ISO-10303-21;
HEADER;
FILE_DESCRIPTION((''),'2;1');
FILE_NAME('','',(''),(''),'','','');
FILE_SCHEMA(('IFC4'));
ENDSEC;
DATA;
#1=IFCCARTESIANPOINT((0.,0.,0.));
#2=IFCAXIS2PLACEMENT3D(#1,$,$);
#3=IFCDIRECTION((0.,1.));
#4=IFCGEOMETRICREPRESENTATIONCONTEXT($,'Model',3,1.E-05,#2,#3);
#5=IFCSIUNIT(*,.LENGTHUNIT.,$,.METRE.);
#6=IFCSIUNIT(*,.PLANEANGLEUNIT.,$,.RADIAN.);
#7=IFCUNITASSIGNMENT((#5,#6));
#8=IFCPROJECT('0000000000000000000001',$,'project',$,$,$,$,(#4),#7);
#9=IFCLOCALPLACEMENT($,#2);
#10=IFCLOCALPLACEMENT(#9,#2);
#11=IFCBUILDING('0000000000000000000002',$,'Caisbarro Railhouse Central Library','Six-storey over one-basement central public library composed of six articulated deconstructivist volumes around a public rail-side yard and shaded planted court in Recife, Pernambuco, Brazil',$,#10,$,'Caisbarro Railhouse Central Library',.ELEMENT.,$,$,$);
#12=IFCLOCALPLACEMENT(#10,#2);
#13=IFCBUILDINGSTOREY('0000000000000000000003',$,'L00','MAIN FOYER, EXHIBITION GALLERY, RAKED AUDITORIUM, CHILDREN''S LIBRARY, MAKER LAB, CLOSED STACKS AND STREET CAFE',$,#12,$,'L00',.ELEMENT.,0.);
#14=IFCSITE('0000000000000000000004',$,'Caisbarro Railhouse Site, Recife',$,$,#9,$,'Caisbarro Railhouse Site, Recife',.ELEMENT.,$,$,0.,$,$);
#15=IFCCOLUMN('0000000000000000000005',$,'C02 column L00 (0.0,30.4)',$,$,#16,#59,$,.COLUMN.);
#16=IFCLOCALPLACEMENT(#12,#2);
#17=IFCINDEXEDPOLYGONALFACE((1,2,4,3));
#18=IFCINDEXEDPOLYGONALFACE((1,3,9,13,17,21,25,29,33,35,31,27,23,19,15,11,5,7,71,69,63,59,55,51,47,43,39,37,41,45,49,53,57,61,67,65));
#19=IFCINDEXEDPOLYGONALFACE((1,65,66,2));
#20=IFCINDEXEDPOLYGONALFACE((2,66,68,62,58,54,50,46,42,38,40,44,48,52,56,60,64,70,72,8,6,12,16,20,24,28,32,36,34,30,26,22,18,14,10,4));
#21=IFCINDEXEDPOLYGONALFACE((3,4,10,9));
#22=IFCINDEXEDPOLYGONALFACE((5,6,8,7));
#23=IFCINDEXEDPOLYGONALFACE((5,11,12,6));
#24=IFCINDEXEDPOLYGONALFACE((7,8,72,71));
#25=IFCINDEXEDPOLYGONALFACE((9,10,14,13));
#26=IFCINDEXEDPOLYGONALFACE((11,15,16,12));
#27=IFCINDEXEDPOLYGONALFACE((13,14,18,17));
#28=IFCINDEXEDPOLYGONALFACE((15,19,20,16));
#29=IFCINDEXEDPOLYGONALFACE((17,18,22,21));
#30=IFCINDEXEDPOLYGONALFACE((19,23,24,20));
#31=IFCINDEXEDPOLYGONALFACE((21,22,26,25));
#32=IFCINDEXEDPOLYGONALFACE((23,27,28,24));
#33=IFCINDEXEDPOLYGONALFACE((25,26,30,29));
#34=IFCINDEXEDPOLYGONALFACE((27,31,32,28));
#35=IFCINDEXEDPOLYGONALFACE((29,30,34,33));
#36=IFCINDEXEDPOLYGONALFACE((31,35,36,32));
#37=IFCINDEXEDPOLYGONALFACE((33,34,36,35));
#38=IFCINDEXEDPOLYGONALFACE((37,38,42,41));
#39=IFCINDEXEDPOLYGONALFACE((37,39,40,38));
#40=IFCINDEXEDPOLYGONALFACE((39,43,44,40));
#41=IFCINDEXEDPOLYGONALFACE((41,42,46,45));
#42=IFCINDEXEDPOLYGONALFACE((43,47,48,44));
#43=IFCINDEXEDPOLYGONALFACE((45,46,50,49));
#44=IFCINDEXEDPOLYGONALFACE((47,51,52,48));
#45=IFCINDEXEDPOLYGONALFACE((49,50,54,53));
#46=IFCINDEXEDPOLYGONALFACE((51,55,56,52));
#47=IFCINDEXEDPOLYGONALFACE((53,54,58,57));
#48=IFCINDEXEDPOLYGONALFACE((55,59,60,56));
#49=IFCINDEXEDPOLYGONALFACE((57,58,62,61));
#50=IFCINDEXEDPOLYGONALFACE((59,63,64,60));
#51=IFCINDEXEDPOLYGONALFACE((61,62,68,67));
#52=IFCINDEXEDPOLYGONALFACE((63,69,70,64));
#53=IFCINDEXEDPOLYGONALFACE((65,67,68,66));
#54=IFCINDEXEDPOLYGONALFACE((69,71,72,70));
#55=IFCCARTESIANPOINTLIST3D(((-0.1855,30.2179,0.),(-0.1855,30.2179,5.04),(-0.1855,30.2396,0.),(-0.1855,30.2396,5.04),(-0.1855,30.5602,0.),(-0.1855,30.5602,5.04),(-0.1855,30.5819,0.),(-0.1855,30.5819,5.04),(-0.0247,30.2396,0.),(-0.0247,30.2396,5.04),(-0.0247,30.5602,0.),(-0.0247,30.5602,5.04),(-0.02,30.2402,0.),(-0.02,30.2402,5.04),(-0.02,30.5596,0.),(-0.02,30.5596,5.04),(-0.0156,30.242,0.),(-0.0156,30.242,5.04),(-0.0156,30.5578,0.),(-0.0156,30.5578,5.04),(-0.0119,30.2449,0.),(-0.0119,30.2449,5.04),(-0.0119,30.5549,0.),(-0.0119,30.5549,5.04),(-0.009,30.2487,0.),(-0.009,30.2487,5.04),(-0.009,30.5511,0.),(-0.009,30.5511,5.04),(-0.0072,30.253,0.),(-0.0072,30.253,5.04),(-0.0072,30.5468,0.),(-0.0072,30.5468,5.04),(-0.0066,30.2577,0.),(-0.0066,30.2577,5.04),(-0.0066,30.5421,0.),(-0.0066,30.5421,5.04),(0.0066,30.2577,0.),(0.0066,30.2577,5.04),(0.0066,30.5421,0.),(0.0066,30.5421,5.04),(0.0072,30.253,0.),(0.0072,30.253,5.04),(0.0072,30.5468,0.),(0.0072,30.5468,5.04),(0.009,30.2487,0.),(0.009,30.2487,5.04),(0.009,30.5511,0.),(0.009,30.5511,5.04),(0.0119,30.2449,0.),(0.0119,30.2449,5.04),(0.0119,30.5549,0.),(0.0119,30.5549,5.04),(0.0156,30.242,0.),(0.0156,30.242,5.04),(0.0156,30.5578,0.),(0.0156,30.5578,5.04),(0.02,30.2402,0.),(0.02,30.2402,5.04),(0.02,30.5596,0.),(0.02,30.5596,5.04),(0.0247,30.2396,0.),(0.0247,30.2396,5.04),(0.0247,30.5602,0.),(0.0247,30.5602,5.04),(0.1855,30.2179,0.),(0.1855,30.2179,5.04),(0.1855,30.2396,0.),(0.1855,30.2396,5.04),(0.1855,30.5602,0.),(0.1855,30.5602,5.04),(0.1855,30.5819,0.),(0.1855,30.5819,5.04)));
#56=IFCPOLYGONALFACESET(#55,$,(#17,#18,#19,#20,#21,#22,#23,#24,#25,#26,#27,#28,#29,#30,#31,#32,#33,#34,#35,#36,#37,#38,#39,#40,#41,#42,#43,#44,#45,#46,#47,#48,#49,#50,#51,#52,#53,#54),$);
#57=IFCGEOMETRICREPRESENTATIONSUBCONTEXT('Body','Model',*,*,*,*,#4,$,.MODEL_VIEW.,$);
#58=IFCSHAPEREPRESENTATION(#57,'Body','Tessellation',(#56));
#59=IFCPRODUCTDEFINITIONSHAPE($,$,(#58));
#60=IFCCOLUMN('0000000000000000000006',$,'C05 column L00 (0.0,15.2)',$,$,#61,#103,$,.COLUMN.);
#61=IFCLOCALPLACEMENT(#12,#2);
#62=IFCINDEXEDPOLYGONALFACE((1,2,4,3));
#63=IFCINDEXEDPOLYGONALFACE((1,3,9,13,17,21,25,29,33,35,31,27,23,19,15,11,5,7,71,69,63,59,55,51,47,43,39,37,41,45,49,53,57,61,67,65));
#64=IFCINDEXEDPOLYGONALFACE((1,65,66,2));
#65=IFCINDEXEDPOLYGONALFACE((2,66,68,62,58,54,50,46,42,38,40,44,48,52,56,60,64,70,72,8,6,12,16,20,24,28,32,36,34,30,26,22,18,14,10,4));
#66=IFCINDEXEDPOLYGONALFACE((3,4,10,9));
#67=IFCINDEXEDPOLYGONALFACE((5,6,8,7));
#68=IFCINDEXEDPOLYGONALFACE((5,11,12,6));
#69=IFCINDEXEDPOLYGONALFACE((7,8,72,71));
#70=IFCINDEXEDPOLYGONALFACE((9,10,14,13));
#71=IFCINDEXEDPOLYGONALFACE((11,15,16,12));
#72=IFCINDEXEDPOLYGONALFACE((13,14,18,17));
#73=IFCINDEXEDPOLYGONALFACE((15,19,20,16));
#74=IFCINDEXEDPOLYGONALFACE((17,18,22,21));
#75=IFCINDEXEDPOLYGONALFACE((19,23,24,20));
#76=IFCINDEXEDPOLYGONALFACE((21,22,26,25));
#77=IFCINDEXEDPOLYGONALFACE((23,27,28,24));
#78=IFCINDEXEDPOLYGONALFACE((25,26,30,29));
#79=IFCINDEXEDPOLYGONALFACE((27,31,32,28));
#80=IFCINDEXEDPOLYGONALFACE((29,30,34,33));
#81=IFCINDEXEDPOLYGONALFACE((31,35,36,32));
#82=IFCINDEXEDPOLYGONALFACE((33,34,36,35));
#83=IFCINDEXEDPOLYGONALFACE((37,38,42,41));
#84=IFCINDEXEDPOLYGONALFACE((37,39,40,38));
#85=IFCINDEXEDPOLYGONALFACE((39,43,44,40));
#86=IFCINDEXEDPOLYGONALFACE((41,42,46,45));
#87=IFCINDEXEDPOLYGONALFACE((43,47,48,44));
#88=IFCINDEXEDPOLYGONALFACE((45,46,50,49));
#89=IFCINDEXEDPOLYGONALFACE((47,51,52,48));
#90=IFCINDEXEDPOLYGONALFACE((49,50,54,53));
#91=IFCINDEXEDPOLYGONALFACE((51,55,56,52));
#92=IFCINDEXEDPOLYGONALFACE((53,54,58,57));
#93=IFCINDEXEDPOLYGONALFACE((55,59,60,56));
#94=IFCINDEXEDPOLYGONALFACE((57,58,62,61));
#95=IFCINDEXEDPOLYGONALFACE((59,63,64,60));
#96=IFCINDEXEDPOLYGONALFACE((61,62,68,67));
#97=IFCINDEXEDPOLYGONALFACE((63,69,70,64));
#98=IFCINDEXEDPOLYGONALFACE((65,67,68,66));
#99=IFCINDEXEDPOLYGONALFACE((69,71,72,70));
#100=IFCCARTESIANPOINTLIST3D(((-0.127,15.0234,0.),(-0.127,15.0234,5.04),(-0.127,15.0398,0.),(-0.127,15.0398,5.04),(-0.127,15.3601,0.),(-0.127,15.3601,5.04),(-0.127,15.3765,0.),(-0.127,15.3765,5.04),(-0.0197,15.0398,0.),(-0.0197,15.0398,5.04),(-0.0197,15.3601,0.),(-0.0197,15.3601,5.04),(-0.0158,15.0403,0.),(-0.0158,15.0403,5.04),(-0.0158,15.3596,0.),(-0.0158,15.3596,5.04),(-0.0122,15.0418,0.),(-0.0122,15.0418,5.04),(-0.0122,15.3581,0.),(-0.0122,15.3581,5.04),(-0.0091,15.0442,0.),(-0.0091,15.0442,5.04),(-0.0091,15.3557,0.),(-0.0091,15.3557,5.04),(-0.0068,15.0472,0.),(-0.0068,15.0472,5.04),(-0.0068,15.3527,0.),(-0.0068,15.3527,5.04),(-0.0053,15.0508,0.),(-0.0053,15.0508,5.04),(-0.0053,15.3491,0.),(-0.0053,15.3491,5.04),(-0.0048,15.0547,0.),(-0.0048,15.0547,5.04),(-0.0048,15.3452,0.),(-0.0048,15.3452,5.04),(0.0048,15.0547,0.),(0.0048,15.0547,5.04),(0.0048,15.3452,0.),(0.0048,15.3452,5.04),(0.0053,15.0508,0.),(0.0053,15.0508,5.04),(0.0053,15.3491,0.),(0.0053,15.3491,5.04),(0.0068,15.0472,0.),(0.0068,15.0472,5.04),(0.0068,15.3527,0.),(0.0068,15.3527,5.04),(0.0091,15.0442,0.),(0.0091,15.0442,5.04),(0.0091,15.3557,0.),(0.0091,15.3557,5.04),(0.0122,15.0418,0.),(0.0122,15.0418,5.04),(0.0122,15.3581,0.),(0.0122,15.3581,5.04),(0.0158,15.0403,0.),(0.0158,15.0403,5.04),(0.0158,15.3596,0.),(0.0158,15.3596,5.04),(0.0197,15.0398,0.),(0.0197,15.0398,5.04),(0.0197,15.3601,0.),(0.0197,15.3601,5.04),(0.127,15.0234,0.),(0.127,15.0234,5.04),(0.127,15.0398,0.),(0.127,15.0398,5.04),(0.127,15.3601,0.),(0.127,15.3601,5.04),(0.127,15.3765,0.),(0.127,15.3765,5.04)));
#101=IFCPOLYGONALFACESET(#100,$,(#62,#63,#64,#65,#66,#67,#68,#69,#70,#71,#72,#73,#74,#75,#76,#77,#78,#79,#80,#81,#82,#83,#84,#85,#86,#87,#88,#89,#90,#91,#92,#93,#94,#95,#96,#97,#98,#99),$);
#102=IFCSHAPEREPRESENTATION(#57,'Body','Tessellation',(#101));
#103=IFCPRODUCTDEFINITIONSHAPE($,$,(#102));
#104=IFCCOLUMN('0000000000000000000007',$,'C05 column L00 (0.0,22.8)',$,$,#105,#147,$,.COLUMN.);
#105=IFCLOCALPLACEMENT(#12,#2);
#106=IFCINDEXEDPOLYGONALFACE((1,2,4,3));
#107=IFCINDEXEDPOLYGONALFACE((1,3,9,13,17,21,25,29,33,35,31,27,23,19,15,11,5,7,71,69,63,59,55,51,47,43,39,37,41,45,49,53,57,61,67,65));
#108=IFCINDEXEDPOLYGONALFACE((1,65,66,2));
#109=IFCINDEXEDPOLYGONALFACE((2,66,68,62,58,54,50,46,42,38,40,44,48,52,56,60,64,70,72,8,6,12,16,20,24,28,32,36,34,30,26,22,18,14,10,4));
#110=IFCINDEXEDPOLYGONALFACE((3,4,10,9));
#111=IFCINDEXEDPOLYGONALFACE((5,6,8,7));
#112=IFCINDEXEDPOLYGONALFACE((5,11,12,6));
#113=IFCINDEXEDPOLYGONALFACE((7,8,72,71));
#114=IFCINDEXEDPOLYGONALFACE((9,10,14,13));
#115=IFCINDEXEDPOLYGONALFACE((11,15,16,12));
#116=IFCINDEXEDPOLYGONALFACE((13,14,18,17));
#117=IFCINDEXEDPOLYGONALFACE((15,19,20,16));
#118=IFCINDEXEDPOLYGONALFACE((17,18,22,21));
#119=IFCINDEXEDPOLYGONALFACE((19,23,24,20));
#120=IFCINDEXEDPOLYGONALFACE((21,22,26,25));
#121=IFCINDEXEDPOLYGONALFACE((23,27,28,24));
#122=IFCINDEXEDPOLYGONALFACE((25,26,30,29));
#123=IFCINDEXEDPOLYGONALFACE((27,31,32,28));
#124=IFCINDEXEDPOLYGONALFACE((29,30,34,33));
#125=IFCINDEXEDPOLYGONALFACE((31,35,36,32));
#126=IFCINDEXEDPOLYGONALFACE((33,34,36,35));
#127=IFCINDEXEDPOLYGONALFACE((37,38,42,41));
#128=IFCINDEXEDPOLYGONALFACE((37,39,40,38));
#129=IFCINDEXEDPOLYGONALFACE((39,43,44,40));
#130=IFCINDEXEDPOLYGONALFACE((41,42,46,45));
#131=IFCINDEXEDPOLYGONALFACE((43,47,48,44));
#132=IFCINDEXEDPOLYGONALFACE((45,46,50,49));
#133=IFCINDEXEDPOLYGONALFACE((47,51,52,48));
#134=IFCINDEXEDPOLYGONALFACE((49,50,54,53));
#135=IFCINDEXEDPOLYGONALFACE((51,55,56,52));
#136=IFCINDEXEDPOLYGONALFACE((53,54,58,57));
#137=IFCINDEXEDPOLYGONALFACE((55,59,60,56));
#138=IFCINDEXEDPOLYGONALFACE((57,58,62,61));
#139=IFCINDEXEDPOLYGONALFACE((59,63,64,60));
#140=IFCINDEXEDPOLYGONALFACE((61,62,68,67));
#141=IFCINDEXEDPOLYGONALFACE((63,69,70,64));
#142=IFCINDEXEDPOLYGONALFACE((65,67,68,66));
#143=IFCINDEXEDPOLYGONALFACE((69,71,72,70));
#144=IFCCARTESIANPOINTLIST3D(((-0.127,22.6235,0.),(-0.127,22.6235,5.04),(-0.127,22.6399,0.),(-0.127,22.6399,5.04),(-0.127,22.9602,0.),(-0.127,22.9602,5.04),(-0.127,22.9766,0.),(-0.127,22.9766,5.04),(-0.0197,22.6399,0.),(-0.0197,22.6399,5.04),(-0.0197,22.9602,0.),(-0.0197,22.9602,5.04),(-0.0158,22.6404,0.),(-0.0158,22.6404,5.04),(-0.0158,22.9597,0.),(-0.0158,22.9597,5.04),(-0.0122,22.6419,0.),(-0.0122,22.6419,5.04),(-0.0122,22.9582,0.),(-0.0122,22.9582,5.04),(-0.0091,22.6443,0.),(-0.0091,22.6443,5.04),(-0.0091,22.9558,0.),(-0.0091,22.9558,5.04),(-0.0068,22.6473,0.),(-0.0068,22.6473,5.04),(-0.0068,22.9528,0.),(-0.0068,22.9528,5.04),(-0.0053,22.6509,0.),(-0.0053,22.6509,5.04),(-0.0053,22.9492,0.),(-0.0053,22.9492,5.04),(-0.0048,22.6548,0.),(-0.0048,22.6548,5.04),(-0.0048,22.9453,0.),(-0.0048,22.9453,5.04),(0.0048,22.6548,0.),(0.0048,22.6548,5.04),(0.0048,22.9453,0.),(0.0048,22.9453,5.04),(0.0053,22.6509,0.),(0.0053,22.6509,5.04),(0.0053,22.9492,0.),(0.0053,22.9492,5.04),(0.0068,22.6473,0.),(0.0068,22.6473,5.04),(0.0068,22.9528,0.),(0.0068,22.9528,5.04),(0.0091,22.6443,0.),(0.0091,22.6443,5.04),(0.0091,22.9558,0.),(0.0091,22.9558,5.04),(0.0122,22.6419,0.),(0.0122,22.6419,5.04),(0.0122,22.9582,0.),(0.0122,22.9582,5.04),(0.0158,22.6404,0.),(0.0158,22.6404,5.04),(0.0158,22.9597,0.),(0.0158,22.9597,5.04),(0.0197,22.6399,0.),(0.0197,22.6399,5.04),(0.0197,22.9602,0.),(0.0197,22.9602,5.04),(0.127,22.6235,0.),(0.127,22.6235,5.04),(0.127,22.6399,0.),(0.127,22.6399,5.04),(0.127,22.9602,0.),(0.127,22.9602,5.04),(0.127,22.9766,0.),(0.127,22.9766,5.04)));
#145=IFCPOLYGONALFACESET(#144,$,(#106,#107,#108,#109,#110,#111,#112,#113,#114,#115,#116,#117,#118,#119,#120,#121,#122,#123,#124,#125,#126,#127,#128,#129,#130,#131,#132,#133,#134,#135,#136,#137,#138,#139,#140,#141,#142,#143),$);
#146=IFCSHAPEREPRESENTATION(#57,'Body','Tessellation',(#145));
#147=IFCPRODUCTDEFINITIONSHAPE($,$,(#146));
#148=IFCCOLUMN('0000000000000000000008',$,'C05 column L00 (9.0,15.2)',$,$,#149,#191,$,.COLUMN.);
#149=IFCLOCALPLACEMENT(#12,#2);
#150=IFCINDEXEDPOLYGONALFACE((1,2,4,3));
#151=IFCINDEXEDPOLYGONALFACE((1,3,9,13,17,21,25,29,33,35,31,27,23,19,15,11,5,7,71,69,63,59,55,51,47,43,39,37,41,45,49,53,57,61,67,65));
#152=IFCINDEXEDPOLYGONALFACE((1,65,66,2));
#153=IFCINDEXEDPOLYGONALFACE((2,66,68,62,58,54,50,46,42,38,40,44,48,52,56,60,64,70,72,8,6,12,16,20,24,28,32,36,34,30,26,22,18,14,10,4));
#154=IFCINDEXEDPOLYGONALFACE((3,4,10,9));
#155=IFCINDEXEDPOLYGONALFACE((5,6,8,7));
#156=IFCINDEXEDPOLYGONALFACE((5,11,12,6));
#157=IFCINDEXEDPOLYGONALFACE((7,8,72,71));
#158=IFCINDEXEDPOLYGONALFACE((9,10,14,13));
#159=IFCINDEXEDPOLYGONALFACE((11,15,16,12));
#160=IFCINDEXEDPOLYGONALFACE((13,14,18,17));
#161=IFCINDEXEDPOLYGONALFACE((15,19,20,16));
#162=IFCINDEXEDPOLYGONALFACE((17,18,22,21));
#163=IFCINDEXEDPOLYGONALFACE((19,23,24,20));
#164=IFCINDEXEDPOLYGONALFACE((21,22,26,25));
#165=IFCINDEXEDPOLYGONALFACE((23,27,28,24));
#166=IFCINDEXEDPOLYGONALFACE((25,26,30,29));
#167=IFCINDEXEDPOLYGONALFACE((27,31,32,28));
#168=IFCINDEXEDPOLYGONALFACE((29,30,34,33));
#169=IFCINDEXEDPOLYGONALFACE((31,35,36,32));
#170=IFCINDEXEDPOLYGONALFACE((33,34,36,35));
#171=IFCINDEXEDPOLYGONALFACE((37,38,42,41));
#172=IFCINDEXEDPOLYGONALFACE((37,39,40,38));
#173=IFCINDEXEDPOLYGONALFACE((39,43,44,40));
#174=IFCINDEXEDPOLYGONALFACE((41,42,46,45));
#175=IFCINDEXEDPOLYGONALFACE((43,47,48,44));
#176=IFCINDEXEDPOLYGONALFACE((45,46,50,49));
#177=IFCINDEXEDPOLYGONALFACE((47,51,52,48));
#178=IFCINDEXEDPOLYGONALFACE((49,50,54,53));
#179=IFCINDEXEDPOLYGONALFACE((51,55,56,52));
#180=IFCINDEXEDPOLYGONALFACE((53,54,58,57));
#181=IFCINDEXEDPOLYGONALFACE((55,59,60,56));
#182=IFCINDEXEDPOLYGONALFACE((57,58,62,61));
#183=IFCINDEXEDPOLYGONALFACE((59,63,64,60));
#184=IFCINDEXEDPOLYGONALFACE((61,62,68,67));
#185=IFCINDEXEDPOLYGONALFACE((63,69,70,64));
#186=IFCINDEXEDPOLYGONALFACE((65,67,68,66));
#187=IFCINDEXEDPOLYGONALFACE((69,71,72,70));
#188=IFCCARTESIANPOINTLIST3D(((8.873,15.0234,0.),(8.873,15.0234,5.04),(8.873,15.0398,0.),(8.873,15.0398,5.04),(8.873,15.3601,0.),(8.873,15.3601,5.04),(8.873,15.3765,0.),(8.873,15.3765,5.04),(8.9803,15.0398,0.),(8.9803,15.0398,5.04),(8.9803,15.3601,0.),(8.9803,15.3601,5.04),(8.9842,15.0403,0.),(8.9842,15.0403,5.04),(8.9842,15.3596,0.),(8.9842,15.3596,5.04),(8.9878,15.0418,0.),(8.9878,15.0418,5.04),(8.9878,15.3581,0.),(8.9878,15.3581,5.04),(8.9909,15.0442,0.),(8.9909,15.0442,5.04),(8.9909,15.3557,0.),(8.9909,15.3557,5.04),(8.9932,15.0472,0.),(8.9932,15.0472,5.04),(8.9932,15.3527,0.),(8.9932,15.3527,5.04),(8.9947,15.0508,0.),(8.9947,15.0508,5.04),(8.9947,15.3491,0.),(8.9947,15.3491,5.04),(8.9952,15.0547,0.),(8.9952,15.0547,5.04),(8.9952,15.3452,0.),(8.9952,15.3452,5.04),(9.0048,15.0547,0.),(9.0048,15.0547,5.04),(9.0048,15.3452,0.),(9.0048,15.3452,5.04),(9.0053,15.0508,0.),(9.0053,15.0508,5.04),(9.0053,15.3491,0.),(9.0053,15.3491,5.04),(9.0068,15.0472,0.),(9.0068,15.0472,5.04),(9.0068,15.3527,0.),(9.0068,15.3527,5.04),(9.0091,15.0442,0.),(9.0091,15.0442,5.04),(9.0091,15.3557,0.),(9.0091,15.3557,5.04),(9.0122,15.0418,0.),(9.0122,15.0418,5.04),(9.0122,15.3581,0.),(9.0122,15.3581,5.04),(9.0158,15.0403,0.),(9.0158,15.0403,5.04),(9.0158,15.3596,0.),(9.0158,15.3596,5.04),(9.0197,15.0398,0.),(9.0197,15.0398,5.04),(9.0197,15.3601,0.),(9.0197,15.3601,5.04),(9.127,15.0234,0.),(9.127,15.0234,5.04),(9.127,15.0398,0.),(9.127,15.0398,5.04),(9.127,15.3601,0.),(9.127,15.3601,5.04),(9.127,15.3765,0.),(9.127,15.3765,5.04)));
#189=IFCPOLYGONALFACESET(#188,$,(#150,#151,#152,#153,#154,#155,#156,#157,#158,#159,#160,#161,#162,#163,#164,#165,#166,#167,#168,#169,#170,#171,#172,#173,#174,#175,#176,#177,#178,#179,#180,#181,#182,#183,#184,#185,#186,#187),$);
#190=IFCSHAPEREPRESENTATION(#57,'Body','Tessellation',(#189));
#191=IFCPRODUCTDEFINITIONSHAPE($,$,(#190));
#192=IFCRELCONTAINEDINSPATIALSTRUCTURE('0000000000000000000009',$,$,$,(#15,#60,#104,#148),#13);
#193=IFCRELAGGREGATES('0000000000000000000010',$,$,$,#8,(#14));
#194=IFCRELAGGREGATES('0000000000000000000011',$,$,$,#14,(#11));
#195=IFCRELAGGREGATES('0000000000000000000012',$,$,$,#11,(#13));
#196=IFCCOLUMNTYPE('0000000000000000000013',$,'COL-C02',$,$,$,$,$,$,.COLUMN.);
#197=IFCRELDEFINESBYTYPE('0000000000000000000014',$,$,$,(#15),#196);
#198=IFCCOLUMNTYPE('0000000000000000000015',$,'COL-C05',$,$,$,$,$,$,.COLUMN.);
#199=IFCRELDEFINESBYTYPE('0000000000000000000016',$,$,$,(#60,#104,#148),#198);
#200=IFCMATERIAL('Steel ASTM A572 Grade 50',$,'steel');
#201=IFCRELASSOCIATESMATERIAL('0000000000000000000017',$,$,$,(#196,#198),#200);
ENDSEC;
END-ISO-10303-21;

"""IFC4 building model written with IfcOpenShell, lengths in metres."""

from ifc_helpers import new_model, si_unit, direction, frame, origin, origin_2d, place, context, subcontext, project, spatial, i_section, extrude, material, material_profile, profile_set, type_object, element, save


model = new_model("IFC4")

# Units and contexts
model_context = context("Model", 3, precision=1e-05, world=origin(), true_north=direction((0.0, 1.0)))
body_context = subcontext(model_context, "Body", "Model", "MODEL_VIEW")
ifc_project = project(units=[si_unit("LENGTHUNIT", "METRE"), si_unit("PLANEANGLEUNIT", "RADIAN")], contexts=[model_context])

# Site, building, storey
site_placement = place(None, origin())
site = spatial("IfcSite", under=ifc_project, at=site_placement, Name="Caisbarro Railhouse Site, Recife", LongName="Caisbarro Railhouse Site, Recife", CompositionType="ELEMENT", RefElevation=0.0)
building_placement = place(site_placement, origin())
building = spatial("IfcBuilding", under=site, at=building_placement, Name="Caisbarro Railhouse Central Library", Description="Six-storey over one-basement central public library composed of six articulated deconstructivist volumes around a public rail-side yard and shaded planted court in Recife, Pernambuco, Brazil", LongName="Caisbarro Railhouse Central Library", CompositionType="ELEMENT")
storey_placement = place(building_placement, origin())
storey = spatial("IfcBuildingStorey", under=building, at=storey_placement, Name="L00", Description="MAIN FOYER, EXHIBITION GALLERY, RAKED AUDITORIUM, CHILDREN'S LIBRARY, MAKER LAB, CLOSED STACKS AND STREET CAFE", LongName="L00", CompositionType="ELEMENT", Elevation=0.0)

# Columns
ifc_material_1 = material(Name="Steel ASTM A572 Grade 50", Category="steel")
ifc_material_profile_1 = material_profile(ifc_material_1, i_section(OverallWidth=0.3711, OverallDepth=0.364, WebThickness=0.0132, FlangeThickness=0.0217, FilletRadius=0.0181, at=origin_2d()), Name="W360X162.0")
ifc_profile_set_1 = profile_set([ifc_material_profile_1], Name="Steel ASTM A572 Grade 50")
column_type_1 = type_object("IfcColumnType", Name="COL-C02", PredefinedType="COLUMN", material=ifc_profile_set_1)
column_placement = place(storey_placement, frame((0.0, 30.3999, 0.0), z_axis=(0.0, 0.0, 1.0), x_axis=(1.0, 0.0, 0.0)))
element("IfcColumn", 1, at=column_placement, inside=storey, type_object=column_type_1, Name="C02 column L00 (0.0,30.4)", PredefinedType="COLUMN", context=body_context, shape_type="SweptSolid", body=[
    extrude(i_section(OverallWidth=0.3711, OverallDepth=0.364, WebThickness=0.0132, FlangeThickness=0.0217, FilletRadius=0.0181, at=origin_2d()), origin(), (0.0, 0.0, 1.0), 5.04),
])
ifc_material_profile_2 = material_profile(ifc_material_1, i_section(OverallWidth=0.2539, OverallDepth=0.353, WebThickness=0.0095, FlangeThickness=0.0164, FilletRadius=0.0149, at=origin_2d()), Name="W360X91.0")
ifc_profile_set_2 = profile_set([ifc_material_profile_2], Name="Steel ASTM A572 Grade 50")
column_type_2 = type_object("IfcColumnType", Name="COL-C05", PredefinedType="COLUMN", material=ifc_profile_set_2)
for number, where, z_axis, x_axis, name in (
    (2, (0.0, 15.2, 0.0), (0.0, 0.0, 1.0), (1.0, 0.0, 0.0), "C05 column L00 (0.0,15.2)"),
    (3, (0.0, 22.8, 0.0), (0.0, 0.0, 1.0), (1.0, 0.0, 0.0), "C05 column L00 (0.0,22.8)"),
    (4, (9.0, 15.2, 0.0), (0.0, 0.0, 1.0), (1.0, 0.0, 0.0), "C05 column L00 (9.0,15.2)"),
):
    element("IfcColumn", number, at=place(storey_placement, frame(where, z_axis=z_axis, x_axis=x_axis)), inside=storey, type_object=column_type_2, Name=name, PredefinedType="COLUMN", context=body_context, shape_type="SweptSolid", body=[
        extrude(i_section(OverallWidth=0.2539, OverallDepth=0.353, WebThickness=0.0095, FlangeThickness=0.0164, FilletRadius=0.0149, at=origin_2d()), origin(), (0.0, 0.0, 1.0), 5.04),
    ])

save(model, "model.ifc")
